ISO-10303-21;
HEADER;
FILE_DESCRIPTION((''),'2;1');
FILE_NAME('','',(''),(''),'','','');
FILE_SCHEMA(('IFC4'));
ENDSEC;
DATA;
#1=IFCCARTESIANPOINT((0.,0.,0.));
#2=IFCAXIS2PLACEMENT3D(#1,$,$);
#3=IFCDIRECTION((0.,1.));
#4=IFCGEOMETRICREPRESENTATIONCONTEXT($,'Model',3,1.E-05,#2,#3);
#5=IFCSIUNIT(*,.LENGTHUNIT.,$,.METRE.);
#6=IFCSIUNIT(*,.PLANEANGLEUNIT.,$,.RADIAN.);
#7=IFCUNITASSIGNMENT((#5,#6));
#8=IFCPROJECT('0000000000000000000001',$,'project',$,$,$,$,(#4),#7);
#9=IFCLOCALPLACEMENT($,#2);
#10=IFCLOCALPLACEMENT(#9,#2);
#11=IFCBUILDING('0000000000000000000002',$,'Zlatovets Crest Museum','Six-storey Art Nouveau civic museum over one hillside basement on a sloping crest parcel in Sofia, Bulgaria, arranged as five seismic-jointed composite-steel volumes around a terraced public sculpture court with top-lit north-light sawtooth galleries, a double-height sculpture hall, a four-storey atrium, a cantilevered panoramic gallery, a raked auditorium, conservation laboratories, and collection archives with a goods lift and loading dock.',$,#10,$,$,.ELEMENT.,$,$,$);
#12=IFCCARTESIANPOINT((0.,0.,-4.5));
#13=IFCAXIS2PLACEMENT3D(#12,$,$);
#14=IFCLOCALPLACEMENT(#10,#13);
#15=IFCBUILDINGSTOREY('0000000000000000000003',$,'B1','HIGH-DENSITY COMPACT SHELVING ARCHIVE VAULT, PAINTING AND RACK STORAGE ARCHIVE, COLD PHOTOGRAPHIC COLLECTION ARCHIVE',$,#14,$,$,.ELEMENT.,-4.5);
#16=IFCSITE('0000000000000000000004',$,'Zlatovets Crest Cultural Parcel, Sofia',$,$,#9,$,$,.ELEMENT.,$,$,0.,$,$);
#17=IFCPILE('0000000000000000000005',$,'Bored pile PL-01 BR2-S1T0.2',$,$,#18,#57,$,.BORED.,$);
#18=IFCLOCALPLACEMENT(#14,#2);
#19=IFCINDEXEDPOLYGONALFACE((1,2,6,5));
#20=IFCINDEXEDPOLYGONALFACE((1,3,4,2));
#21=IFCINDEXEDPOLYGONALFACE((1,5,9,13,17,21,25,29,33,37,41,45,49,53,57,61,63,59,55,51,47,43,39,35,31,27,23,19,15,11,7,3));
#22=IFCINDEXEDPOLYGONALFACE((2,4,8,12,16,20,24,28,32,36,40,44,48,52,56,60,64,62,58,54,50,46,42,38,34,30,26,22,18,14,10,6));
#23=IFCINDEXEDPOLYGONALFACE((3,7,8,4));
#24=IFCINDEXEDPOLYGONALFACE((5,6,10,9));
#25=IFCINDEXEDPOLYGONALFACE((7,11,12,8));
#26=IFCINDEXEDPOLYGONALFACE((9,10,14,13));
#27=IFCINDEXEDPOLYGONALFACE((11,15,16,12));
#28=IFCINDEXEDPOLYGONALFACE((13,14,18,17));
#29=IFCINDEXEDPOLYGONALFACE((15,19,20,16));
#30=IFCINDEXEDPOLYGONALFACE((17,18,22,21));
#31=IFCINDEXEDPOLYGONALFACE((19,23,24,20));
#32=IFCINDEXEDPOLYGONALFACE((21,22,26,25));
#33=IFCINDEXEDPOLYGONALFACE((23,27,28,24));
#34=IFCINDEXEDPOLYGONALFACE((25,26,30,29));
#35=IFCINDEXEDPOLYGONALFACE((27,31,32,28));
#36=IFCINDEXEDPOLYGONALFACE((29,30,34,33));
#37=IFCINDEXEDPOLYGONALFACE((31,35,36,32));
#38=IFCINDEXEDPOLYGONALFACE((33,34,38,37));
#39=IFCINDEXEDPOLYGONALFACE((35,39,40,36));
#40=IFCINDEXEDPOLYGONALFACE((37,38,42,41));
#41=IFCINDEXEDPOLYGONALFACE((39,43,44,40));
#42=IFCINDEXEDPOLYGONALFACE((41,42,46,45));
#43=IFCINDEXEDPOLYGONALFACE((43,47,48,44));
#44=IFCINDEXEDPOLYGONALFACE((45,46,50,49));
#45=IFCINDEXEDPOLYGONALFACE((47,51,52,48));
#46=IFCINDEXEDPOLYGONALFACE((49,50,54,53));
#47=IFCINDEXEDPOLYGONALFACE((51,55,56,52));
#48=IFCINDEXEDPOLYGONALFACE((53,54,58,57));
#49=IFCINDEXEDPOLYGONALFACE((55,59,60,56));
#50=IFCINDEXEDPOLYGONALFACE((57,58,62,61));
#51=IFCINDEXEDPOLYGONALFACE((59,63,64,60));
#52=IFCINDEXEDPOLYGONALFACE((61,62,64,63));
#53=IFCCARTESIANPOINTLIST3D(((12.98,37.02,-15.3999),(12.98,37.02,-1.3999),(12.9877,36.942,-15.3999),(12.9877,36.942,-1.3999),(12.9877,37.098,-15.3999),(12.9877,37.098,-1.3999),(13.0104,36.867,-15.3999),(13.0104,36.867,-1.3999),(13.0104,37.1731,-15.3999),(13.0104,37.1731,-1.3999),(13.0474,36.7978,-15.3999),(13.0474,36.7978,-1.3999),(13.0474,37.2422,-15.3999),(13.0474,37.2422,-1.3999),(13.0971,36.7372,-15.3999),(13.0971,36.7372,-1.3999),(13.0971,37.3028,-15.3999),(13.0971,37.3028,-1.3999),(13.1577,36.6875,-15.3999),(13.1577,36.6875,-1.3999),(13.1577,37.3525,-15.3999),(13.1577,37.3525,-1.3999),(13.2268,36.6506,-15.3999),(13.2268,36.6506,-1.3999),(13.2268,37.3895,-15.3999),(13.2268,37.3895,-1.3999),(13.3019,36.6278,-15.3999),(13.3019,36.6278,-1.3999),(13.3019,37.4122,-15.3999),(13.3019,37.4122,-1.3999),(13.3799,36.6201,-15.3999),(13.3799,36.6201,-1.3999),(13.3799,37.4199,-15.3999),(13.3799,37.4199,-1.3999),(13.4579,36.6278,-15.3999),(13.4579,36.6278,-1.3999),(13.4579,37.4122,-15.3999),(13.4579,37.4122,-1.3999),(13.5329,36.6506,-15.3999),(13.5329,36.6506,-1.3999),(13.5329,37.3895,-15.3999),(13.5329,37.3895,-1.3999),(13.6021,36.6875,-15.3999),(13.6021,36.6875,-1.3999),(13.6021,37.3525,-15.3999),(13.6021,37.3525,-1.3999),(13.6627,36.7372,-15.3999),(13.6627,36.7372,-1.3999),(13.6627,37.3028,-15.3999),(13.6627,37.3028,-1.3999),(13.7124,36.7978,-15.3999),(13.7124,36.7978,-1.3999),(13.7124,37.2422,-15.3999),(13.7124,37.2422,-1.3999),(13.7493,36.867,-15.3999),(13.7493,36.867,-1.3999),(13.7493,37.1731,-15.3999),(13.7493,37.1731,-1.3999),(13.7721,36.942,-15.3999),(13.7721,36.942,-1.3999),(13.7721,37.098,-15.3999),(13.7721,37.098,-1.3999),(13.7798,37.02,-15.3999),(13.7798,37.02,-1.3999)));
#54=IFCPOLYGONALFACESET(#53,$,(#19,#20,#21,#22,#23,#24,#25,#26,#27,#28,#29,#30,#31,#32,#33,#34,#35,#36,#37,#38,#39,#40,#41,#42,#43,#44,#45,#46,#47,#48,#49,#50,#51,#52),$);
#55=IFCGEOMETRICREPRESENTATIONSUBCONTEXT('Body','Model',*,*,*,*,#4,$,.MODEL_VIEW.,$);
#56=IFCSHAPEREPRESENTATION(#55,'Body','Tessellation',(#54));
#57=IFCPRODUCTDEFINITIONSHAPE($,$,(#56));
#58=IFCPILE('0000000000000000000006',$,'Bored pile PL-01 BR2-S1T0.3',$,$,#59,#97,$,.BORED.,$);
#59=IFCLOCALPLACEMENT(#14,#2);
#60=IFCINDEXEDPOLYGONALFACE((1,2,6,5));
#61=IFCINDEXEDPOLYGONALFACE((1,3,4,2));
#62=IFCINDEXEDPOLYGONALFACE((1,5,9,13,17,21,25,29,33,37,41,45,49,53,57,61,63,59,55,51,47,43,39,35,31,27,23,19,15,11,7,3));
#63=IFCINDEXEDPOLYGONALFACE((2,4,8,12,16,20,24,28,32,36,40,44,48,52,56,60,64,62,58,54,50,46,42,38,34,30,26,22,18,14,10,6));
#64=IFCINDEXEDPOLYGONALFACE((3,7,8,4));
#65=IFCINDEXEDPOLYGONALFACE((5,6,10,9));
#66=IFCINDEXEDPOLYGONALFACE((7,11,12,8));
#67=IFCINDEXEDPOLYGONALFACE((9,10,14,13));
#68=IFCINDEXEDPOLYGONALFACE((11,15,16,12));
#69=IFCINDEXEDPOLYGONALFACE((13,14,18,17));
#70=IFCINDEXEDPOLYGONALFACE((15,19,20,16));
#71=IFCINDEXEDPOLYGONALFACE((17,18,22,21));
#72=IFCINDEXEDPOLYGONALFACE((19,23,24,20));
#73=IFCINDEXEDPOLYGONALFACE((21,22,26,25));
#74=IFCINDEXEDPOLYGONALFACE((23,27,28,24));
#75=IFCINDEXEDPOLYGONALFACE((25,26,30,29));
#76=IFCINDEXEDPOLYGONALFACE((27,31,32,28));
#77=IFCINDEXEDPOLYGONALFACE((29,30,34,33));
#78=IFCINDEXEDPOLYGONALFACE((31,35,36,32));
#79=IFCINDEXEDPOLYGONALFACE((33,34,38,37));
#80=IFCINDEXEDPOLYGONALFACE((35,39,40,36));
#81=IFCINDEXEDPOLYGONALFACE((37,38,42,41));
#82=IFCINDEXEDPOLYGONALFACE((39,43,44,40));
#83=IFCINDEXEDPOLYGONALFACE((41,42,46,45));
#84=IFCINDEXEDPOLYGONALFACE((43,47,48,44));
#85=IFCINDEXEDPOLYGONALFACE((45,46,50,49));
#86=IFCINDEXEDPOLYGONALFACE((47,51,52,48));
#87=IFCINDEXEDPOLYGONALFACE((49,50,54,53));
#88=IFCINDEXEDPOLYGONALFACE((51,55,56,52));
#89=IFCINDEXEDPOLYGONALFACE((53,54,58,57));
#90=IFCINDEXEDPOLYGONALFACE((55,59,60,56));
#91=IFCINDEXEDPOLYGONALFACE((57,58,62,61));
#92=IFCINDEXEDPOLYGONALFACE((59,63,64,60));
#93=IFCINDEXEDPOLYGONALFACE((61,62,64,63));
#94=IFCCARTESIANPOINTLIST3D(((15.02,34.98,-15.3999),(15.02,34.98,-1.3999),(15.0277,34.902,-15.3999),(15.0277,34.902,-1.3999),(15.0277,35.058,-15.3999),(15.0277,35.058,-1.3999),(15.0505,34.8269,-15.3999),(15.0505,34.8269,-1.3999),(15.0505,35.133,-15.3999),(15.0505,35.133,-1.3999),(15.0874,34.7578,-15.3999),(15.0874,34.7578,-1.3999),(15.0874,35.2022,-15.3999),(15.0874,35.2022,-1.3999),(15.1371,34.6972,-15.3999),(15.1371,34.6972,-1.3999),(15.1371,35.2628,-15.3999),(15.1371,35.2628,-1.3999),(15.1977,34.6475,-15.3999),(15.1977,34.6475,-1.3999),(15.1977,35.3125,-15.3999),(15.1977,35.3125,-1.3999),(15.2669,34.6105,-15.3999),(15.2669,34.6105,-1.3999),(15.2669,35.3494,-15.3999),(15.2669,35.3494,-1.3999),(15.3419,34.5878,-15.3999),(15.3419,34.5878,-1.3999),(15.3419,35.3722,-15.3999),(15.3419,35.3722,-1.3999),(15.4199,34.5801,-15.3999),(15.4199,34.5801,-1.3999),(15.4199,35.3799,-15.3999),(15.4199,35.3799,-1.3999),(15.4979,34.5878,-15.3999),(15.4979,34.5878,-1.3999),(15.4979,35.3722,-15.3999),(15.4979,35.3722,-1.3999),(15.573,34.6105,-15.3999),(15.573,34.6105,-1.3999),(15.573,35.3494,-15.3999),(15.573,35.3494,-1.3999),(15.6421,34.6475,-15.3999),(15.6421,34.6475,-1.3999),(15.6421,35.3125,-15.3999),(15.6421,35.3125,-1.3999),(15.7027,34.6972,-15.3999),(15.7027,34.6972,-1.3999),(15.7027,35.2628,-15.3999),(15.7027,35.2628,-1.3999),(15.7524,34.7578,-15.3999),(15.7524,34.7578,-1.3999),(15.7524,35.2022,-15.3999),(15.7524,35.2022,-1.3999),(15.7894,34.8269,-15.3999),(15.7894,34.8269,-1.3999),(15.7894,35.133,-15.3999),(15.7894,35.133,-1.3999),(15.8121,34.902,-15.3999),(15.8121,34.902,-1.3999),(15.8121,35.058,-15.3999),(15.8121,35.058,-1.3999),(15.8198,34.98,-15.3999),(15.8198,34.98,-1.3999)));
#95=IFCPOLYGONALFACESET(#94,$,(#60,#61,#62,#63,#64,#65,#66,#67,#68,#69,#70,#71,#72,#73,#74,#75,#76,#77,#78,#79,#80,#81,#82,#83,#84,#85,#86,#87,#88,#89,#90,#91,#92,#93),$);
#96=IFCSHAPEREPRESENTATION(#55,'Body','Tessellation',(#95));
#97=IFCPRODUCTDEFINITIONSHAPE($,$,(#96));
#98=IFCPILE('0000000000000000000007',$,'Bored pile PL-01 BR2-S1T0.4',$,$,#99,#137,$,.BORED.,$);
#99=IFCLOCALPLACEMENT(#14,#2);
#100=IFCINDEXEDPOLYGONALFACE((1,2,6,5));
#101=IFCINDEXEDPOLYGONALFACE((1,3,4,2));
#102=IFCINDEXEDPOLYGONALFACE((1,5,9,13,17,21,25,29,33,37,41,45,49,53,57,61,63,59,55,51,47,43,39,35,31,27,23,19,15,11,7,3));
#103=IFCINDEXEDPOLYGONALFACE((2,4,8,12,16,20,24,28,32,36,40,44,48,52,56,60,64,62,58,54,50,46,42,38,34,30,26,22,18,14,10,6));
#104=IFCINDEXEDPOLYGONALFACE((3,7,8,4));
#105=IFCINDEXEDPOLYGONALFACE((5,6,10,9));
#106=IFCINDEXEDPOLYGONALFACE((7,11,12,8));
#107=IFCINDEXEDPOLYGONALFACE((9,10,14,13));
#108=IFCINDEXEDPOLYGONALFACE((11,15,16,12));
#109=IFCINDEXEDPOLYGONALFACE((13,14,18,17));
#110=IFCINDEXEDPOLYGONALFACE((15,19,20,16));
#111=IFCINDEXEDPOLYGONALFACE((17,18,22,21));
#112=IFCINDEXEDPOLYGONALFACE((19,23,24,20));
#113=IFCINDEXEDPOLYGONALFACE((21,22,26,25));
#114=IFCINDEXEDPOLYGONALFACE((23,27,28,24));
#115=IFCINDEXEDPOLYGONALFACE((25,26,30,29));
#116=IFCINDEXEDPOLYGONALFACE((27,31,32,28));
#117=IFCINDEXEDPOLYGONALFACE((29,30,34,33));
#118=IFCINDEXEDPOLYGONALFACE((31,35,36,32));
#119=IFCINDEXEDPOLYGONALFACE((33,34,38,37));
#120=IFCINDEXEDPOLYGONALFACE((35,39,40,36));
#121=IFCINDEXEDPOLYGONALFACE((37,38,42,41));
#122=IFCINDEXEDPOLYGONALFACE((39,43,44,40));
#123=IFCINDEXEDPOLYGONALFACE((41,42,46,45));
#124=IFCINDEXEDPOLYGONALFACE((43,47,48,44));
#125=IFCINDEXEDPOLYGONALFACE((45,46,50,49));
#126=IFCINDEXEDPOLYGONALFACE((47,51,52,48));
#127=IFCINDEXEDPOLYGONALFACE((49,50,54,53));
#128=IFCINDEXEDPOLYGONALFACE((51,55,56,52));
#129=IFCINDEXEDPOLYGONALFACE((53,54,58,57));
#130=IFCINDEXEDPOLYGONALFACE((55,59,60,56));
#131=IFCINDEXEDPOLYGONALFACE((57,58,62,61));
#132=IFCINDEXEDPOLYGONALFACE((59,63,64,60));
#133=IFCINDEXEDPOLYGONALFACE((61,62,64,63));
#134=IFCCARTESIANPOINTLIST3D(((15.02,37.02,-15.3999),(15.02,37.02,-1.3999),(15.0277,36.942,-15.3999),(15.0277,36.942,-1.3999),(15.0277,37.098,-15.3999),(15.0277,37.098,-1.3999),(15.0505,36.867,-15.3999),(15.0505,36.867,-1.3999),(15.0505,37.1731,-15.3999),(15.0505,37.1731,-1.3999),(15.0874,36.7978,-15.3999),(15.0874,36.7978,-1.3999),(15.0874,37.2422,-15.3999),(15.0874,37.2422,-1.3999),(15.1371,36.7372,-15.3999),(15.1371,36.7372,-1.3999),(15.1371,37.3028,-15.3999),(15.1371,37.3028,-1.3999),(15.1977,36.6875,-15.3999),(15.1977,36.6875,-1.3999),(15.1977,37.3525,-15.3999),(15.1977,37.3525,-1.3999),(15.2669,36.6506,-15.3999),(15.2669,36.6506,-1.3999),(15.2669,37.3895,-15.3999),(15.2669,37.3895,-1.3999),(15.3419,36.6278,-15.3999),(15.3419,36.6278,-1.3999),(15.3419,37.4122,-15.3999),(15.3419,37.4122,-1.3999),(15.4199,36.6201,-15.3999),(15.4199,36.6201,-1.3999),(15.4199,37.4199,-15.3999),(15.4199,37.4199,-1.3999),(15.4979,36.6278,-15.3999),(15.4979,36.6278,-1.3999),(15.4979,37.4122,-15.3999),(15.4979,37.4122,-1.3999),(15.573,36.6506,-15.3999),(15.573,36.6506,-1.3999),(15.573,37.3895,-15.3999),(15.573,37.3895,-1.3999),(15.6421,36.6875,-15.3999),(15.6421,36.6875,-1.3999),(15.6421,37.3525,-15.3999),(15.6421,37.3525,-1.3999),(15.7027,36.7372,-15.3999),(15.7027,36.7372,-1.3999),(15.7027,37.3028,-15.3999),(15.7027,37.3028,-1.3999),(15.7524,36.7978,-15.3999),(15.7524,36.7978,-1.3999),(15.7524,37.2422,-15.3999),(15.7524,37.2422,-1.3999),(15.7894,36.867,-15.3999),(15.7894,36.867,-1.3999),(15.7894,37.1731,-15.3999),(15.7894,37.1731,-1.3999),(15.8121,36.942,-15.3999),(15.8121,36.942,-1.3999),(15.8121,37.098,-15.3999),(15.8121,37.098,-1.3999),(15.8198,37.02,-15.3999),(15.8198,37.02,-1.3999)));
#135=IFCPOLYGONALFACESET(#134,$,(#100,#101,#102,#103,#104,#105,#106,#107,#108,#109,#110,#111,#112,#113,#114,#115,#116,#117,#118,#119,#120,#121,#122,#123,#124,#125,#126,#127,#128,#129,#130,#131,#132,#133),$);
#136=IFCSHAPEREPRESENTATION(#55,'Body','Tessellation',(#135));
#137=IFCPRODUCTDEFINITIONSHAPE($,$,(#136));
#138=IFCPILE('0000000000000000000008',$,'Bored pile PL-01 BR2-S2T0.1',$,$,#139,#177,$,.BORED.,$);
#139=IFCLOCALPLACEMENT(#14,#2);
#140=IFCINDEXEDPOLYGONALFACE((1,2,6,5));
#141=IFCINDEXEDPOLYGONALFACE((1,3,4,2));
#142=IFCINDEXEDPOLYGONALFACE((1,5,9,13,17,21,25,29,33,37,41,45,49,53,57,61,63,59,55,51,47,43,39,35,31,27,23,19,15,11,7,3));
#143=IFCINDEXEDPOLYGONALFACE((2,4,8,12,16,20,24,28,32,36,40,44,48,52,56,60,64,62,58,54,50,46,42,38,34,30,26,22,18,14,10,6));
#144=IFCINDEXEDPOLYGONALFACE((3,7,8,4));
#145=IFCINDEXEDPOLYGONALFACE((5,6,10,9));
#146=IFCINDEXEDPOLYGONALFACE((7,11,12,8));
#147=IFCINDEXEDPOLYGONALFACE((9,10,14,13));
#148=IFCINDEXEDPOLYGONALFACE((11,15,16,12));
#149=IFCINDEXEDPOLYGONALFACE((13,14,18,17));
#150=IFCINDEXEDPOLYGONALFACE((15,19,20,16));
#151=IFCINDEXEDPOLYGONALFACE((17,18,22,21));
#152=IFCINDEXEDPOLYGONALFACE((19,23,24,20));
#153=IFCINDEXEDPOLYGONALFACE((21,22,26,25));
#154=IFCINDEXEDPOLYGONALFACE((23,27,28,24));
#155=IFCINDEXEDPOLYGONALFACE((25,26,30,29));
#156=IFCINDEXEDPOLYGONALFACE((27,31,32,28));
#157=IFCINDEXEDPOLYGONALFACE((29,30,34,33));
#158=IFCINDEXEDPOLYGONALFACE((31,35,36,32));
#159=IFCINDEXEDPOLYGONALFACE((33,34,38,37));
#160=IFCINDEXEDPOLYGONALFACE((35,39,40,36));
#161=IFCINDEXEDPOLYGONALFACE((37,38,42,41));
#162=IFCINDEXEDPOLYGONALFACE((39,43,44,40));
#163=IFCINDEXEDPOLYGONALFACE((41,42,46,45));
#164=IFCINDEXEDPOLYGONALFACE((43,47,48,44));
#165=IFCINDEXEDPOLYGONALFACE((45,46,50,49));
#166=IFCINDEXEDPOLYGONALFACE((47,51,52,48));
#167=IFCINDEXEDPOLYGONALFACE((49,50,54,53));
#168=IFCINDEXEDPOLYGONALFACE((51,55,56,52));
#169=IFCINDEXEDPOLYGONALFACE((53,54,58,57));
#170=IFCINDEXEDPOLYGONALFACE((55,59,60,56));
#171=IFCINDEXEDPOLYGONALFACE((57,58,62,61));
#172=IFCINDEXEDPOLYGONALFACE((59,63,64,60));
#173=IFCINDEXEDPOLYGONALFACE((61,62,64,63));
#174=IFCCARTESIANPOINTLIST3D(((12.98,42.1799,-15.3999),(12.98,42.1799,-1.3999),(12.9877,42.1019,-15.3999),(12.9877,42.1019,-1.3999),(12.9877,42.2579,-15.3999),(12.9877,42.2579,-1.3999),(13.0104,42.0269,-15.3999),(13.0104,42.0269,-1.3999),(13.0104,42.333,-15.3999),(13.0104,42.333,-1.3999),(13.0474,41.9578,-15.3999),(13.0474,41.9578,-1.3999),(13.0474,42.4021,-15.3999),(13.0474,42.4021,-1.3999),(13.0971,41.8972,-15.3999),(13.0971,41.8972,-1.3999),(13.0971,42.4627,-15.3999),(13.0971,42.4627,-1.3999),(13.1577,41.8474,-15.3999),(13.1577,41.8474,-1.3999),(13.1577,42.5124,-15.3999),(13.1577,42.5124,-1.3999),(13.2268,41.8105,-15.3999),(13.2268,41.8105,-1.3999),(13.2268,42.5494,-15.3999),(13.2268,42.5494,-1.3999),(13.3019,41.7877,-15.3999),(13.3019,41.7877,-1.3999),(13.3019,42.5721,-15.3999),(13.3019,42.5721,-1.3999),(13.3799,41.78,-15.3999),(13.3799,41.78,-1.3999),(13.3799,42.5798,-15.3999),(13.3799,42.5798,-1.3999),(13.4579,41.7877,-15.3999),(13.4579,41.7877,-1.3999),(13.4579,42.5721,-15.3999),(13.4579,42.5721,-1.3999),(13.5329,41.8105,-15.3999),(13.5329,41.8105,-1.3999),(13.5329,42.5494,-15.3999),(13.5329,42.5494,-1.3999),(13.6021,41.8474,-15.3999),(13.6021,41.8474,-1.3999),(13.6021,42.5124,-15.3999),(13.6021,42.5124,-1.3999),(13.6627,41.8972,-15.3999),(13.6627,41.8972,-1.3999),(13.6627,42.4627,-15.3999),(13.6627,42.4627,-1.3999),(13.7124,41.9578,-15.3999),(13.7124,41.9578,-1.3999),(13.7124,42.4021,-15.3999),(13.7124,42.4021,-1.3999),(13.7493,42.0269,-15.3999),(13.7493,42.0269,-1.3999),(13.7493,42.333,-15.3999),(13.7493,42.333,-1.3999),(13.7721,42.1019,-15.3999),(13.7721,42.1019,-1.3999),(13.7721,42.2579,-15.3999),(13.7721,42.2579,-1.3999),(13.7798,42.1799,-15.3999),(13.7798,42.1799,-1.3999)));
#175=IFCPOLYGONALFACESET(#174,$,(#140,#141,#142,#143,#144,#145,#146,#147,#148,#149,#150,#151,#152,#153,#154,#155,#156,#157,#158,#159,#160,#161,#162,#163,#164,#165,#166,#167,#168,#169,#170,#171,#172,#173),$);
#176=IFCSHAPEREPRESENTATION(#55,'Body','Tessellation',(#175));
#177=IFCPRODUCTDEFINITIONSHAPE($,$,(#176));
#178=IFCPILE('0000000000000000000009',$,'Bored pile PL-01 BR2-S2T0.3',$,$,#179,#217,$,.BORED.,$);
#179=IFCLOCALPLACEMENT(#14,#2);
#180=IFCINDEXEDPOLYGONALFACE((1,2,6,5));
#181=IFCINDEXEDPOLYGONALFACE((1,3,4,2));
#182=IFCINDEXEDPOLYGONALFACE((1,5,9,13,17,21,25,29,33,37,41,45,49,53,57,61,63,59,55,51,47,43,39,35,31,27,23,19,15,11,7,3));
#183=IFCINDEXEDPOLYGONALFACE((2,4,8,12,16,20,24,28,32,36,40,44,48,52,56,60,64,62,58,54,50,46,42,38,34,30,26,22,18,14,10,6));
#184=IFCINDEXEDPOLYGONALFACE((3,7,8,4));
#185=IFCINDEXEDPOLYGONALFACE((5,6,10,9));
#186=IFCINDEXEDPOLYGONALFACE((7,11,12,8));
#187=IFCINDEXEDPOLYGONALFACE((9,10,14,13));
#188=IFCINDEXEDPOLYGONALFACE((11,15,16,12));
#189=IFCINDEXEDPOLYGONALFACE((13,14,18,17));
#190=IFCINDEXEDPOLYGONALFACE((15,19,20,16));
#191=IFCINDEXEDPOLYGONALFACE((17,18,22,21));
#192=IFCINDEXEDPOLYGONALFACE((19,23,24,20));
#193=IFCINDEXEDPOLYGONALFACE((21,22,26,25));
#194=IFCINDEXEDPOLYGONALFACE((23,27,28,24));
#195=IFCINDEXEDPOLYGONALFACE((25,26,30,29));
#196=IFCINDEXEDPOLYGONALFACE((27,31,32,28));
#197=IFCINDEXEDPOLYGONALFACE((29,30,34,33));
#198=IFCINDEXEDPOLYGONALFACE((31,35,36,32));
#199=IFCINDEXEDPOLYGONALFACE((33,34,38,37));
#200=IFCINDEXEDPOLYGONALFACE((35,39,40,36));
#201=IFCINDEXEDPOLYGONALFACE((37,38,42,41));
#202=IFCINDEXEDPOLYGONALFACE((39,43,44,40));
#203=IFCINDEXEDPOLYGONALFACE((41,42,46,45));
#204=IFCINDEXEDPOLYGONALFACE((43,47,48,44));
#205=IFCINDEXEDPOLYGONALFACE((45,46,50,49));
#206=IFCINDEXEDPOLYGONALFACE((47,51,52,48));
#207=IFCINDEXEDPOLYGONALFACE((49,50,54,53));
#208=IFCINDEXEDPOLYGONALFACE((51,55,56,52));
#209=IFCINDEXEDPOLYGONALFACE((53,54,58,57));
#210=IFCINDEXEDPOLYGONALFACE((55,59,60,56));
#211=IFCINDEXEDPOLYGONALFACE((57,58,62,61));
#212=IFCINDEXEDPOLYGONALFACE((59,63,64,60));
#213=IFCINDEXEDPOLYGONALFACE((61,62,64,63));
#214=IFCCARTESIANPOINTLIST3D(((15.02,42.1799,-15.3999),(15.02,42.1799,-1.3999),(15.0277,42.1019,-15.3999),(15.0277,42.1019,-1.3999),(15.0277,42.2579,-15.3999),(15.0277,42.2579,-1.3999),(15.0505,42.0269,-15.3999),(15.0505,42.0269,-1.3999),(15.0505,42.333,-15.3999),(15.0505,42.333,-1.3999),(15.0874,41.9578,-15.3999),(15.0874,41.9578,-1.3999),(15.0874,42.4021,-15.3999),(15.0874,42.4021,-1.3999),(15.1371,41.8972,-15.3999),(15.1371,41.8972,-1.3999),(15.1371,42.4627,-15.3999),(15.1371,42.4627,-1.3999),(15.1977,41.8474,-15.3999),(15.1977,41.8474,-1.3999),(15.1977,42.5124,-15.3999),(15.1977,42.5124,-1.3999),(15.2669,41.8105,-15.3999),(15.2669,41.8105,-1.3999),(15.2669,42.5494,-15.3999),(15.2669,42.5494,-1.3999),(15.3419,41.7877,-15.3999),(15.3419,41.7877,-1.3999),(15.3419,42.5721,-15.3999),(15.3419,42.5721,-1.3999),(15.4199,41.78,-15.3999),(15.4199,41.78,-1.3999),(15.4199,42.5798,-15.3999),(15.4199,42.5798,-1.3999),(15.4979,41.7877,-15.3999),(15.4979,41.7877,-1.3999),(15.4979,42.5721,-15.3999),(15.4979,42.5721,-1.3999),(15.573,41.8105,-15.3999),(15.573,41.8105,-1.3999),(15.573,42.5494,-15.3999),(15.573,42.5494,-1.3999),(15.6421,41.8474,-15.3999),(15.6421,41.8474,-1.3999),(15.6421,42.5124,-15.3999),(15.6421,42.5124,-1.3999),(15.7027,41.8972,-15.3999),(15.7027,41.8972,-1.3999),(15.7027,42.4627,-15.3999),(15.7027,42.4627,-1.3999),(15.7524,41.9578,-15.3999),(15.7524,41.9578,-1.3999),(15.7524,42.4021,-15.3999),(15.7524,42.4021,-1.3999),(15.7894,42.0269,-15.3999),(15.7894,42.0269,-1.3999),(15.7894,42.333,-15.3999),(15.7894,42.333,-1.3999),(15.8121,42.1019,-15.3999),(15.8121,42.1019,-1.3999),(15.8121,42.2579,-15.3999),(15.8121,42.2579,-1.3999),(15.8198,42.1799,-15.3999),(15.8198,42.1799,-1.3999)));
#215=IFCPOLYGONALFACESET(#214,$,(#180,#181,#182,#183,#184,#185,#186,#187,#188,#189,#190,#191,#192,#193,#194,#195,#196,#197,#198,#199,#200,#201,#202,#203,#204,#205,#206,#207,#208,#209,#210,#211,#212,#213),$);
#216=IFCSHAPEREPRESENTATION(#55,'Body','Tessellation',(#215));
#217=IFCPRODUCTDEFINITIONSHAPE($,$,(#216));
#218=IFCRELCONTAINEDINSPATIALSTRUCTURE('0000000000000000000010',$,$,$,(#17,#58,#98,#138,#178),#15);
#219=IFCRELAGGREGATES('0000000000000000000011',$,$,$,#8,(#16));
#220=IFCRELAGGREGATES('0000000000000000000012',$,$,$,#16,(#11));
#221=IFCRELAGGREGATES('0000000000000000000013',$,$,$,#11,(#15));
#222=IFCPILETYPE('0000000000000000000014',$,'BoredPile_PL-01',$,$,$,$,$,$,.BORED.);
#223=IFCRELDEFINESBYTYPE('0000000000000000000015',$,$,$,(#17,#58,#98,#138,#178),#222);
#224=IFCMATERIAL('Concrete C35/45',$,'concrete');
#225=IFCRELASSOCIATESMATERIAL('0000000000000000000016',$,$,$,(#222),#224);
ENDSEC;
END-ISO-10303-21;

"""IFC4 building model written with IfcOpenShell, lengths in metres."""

from ifc_helpers import new_model, si_unit, direction, frame, origin, origin_2d, place, context, subcontext, project, spatial, circle, extrude, material, material_profile, profile_set, type_object, element, save


model = new_model("IFC4")

# Units and contexts
model_context = context("Model", 3, precision=1e-05, world=origin(), true_north=direction((0.0, 1.0)))
body_context = subcontext(model_context, "Body", "Model", "MODEL_VIEW")
ifc_project = project(units=[si_unit("LENGTHUNIT", "METRE"), si_unit("PLANEANGLEUNIT", "RADIAN")], contexts=[model_context])

# Site, building, storey
site_placement = place(None, origin())
site = spatial("IfcSite", under=ifc_project, at=site_placement, Name="Zlatovets Crest Cultural Parcel, Sofia", CompositionType="ELEMENT", RefElevation=0.0)
building_placement = place(site_placement, origin())
building = spatial("IfcBuilding", under=site, at=building_placement, Name="Zlatovets Crest Museum", Description="Six-storey Art Nouveau civic museum over one hillside basement on a sloping crest parcel in Sofia, Bulgaria, arranged as five seismic-jointed composite-steel volumes around a terraced public sculpture court with top-lit north-light sawtooth galleries, a double-height sculpture hall, a four-storey atrium, a cantilevered panoramic gallery, a raked auditorium, conservation laboratories, and collection archives with a goods lift and loading dock.", CompositionType="ELEMENT")
storey_placement = place(building_placement, frame((0.0, 0.0, -4.5)))
storey = spatial("IfcBuildingStorey", under=building, at=storey_placement, Name="B1", Description="HIGH-DENSITY COMPACT SHELVING ARCHIVE VAULT, PAINTING AND RACK STORAGE ARCHIVE, COLD PHOTOGRAPHIC COLLECTION ARCHIVE", CompositionType="ELEMENT", Elevation=-4.5)

# Piles
ifc_material_1 = material(Name="Concrete C35/45", Category="concrete")
ifc_material_profile_1 = material_profile(ifc_material_1, circle(Radius=0.3999, at=origin_2d()), Name="PILE D800")
ifc_profile_set_1 = profile_set([ifc_material_profile_1], Name="Concrete C35/45")
pile_type = type_object("IfcPileType", Name="BoredPile_PL-01", PredefinedType="BORED", material=ifc_profile_set_1)
for number, where, z_axis, x_axis, name in (
    (1, (13.3799, 37.02, -1.3999), (0.0, 0.0, -1.0), (1.0, 0.0, 0.0), "Bored pile PL-01 BR2-S1T0.2"),
    (2, (15.4199, 34.98, -1.3999), (0.0, 0.0, -1.0), (1.0, 0.0, 0.0), "Bored pile PL-01 BR2-S1T0.3"),
    (3, (15.4199, 37.02, -1.3999), (0.0, 0.0, -1.0), (1.0, 0.0, 0.0), "Bored pile PL-01 BR2-S1T0.4"),
    (4, (13.3799, 42.1799, -1.3999), (0.0, 0.0, -1.0), (1.0, 0.0, 0.0), "Bored pile PL-01 BR2-S2T0.1"),
    (5, (15.4199, 42.1799, -1.3999), (0.0, 0.0, -1.0), (1.0, 0.0, 0.0), "Bored pile PL-01 BR2-S2T0.3"),
):
    element("IfcPile", number, at=place(storey_placement, frame(where, z_axis=z_axis, x_axis=x_axis)), inside=storey, type_object=pile_type, Name=name, PredefinedType="BORED", context=body_context, shape_type="SweptSolid", body=[
        extrude(circle(Radius=0.3999, at=origin_2d()), origin(), (0.0, 0.0, 1.0), 14.0),
    ])

save(model, "model.ifc")
